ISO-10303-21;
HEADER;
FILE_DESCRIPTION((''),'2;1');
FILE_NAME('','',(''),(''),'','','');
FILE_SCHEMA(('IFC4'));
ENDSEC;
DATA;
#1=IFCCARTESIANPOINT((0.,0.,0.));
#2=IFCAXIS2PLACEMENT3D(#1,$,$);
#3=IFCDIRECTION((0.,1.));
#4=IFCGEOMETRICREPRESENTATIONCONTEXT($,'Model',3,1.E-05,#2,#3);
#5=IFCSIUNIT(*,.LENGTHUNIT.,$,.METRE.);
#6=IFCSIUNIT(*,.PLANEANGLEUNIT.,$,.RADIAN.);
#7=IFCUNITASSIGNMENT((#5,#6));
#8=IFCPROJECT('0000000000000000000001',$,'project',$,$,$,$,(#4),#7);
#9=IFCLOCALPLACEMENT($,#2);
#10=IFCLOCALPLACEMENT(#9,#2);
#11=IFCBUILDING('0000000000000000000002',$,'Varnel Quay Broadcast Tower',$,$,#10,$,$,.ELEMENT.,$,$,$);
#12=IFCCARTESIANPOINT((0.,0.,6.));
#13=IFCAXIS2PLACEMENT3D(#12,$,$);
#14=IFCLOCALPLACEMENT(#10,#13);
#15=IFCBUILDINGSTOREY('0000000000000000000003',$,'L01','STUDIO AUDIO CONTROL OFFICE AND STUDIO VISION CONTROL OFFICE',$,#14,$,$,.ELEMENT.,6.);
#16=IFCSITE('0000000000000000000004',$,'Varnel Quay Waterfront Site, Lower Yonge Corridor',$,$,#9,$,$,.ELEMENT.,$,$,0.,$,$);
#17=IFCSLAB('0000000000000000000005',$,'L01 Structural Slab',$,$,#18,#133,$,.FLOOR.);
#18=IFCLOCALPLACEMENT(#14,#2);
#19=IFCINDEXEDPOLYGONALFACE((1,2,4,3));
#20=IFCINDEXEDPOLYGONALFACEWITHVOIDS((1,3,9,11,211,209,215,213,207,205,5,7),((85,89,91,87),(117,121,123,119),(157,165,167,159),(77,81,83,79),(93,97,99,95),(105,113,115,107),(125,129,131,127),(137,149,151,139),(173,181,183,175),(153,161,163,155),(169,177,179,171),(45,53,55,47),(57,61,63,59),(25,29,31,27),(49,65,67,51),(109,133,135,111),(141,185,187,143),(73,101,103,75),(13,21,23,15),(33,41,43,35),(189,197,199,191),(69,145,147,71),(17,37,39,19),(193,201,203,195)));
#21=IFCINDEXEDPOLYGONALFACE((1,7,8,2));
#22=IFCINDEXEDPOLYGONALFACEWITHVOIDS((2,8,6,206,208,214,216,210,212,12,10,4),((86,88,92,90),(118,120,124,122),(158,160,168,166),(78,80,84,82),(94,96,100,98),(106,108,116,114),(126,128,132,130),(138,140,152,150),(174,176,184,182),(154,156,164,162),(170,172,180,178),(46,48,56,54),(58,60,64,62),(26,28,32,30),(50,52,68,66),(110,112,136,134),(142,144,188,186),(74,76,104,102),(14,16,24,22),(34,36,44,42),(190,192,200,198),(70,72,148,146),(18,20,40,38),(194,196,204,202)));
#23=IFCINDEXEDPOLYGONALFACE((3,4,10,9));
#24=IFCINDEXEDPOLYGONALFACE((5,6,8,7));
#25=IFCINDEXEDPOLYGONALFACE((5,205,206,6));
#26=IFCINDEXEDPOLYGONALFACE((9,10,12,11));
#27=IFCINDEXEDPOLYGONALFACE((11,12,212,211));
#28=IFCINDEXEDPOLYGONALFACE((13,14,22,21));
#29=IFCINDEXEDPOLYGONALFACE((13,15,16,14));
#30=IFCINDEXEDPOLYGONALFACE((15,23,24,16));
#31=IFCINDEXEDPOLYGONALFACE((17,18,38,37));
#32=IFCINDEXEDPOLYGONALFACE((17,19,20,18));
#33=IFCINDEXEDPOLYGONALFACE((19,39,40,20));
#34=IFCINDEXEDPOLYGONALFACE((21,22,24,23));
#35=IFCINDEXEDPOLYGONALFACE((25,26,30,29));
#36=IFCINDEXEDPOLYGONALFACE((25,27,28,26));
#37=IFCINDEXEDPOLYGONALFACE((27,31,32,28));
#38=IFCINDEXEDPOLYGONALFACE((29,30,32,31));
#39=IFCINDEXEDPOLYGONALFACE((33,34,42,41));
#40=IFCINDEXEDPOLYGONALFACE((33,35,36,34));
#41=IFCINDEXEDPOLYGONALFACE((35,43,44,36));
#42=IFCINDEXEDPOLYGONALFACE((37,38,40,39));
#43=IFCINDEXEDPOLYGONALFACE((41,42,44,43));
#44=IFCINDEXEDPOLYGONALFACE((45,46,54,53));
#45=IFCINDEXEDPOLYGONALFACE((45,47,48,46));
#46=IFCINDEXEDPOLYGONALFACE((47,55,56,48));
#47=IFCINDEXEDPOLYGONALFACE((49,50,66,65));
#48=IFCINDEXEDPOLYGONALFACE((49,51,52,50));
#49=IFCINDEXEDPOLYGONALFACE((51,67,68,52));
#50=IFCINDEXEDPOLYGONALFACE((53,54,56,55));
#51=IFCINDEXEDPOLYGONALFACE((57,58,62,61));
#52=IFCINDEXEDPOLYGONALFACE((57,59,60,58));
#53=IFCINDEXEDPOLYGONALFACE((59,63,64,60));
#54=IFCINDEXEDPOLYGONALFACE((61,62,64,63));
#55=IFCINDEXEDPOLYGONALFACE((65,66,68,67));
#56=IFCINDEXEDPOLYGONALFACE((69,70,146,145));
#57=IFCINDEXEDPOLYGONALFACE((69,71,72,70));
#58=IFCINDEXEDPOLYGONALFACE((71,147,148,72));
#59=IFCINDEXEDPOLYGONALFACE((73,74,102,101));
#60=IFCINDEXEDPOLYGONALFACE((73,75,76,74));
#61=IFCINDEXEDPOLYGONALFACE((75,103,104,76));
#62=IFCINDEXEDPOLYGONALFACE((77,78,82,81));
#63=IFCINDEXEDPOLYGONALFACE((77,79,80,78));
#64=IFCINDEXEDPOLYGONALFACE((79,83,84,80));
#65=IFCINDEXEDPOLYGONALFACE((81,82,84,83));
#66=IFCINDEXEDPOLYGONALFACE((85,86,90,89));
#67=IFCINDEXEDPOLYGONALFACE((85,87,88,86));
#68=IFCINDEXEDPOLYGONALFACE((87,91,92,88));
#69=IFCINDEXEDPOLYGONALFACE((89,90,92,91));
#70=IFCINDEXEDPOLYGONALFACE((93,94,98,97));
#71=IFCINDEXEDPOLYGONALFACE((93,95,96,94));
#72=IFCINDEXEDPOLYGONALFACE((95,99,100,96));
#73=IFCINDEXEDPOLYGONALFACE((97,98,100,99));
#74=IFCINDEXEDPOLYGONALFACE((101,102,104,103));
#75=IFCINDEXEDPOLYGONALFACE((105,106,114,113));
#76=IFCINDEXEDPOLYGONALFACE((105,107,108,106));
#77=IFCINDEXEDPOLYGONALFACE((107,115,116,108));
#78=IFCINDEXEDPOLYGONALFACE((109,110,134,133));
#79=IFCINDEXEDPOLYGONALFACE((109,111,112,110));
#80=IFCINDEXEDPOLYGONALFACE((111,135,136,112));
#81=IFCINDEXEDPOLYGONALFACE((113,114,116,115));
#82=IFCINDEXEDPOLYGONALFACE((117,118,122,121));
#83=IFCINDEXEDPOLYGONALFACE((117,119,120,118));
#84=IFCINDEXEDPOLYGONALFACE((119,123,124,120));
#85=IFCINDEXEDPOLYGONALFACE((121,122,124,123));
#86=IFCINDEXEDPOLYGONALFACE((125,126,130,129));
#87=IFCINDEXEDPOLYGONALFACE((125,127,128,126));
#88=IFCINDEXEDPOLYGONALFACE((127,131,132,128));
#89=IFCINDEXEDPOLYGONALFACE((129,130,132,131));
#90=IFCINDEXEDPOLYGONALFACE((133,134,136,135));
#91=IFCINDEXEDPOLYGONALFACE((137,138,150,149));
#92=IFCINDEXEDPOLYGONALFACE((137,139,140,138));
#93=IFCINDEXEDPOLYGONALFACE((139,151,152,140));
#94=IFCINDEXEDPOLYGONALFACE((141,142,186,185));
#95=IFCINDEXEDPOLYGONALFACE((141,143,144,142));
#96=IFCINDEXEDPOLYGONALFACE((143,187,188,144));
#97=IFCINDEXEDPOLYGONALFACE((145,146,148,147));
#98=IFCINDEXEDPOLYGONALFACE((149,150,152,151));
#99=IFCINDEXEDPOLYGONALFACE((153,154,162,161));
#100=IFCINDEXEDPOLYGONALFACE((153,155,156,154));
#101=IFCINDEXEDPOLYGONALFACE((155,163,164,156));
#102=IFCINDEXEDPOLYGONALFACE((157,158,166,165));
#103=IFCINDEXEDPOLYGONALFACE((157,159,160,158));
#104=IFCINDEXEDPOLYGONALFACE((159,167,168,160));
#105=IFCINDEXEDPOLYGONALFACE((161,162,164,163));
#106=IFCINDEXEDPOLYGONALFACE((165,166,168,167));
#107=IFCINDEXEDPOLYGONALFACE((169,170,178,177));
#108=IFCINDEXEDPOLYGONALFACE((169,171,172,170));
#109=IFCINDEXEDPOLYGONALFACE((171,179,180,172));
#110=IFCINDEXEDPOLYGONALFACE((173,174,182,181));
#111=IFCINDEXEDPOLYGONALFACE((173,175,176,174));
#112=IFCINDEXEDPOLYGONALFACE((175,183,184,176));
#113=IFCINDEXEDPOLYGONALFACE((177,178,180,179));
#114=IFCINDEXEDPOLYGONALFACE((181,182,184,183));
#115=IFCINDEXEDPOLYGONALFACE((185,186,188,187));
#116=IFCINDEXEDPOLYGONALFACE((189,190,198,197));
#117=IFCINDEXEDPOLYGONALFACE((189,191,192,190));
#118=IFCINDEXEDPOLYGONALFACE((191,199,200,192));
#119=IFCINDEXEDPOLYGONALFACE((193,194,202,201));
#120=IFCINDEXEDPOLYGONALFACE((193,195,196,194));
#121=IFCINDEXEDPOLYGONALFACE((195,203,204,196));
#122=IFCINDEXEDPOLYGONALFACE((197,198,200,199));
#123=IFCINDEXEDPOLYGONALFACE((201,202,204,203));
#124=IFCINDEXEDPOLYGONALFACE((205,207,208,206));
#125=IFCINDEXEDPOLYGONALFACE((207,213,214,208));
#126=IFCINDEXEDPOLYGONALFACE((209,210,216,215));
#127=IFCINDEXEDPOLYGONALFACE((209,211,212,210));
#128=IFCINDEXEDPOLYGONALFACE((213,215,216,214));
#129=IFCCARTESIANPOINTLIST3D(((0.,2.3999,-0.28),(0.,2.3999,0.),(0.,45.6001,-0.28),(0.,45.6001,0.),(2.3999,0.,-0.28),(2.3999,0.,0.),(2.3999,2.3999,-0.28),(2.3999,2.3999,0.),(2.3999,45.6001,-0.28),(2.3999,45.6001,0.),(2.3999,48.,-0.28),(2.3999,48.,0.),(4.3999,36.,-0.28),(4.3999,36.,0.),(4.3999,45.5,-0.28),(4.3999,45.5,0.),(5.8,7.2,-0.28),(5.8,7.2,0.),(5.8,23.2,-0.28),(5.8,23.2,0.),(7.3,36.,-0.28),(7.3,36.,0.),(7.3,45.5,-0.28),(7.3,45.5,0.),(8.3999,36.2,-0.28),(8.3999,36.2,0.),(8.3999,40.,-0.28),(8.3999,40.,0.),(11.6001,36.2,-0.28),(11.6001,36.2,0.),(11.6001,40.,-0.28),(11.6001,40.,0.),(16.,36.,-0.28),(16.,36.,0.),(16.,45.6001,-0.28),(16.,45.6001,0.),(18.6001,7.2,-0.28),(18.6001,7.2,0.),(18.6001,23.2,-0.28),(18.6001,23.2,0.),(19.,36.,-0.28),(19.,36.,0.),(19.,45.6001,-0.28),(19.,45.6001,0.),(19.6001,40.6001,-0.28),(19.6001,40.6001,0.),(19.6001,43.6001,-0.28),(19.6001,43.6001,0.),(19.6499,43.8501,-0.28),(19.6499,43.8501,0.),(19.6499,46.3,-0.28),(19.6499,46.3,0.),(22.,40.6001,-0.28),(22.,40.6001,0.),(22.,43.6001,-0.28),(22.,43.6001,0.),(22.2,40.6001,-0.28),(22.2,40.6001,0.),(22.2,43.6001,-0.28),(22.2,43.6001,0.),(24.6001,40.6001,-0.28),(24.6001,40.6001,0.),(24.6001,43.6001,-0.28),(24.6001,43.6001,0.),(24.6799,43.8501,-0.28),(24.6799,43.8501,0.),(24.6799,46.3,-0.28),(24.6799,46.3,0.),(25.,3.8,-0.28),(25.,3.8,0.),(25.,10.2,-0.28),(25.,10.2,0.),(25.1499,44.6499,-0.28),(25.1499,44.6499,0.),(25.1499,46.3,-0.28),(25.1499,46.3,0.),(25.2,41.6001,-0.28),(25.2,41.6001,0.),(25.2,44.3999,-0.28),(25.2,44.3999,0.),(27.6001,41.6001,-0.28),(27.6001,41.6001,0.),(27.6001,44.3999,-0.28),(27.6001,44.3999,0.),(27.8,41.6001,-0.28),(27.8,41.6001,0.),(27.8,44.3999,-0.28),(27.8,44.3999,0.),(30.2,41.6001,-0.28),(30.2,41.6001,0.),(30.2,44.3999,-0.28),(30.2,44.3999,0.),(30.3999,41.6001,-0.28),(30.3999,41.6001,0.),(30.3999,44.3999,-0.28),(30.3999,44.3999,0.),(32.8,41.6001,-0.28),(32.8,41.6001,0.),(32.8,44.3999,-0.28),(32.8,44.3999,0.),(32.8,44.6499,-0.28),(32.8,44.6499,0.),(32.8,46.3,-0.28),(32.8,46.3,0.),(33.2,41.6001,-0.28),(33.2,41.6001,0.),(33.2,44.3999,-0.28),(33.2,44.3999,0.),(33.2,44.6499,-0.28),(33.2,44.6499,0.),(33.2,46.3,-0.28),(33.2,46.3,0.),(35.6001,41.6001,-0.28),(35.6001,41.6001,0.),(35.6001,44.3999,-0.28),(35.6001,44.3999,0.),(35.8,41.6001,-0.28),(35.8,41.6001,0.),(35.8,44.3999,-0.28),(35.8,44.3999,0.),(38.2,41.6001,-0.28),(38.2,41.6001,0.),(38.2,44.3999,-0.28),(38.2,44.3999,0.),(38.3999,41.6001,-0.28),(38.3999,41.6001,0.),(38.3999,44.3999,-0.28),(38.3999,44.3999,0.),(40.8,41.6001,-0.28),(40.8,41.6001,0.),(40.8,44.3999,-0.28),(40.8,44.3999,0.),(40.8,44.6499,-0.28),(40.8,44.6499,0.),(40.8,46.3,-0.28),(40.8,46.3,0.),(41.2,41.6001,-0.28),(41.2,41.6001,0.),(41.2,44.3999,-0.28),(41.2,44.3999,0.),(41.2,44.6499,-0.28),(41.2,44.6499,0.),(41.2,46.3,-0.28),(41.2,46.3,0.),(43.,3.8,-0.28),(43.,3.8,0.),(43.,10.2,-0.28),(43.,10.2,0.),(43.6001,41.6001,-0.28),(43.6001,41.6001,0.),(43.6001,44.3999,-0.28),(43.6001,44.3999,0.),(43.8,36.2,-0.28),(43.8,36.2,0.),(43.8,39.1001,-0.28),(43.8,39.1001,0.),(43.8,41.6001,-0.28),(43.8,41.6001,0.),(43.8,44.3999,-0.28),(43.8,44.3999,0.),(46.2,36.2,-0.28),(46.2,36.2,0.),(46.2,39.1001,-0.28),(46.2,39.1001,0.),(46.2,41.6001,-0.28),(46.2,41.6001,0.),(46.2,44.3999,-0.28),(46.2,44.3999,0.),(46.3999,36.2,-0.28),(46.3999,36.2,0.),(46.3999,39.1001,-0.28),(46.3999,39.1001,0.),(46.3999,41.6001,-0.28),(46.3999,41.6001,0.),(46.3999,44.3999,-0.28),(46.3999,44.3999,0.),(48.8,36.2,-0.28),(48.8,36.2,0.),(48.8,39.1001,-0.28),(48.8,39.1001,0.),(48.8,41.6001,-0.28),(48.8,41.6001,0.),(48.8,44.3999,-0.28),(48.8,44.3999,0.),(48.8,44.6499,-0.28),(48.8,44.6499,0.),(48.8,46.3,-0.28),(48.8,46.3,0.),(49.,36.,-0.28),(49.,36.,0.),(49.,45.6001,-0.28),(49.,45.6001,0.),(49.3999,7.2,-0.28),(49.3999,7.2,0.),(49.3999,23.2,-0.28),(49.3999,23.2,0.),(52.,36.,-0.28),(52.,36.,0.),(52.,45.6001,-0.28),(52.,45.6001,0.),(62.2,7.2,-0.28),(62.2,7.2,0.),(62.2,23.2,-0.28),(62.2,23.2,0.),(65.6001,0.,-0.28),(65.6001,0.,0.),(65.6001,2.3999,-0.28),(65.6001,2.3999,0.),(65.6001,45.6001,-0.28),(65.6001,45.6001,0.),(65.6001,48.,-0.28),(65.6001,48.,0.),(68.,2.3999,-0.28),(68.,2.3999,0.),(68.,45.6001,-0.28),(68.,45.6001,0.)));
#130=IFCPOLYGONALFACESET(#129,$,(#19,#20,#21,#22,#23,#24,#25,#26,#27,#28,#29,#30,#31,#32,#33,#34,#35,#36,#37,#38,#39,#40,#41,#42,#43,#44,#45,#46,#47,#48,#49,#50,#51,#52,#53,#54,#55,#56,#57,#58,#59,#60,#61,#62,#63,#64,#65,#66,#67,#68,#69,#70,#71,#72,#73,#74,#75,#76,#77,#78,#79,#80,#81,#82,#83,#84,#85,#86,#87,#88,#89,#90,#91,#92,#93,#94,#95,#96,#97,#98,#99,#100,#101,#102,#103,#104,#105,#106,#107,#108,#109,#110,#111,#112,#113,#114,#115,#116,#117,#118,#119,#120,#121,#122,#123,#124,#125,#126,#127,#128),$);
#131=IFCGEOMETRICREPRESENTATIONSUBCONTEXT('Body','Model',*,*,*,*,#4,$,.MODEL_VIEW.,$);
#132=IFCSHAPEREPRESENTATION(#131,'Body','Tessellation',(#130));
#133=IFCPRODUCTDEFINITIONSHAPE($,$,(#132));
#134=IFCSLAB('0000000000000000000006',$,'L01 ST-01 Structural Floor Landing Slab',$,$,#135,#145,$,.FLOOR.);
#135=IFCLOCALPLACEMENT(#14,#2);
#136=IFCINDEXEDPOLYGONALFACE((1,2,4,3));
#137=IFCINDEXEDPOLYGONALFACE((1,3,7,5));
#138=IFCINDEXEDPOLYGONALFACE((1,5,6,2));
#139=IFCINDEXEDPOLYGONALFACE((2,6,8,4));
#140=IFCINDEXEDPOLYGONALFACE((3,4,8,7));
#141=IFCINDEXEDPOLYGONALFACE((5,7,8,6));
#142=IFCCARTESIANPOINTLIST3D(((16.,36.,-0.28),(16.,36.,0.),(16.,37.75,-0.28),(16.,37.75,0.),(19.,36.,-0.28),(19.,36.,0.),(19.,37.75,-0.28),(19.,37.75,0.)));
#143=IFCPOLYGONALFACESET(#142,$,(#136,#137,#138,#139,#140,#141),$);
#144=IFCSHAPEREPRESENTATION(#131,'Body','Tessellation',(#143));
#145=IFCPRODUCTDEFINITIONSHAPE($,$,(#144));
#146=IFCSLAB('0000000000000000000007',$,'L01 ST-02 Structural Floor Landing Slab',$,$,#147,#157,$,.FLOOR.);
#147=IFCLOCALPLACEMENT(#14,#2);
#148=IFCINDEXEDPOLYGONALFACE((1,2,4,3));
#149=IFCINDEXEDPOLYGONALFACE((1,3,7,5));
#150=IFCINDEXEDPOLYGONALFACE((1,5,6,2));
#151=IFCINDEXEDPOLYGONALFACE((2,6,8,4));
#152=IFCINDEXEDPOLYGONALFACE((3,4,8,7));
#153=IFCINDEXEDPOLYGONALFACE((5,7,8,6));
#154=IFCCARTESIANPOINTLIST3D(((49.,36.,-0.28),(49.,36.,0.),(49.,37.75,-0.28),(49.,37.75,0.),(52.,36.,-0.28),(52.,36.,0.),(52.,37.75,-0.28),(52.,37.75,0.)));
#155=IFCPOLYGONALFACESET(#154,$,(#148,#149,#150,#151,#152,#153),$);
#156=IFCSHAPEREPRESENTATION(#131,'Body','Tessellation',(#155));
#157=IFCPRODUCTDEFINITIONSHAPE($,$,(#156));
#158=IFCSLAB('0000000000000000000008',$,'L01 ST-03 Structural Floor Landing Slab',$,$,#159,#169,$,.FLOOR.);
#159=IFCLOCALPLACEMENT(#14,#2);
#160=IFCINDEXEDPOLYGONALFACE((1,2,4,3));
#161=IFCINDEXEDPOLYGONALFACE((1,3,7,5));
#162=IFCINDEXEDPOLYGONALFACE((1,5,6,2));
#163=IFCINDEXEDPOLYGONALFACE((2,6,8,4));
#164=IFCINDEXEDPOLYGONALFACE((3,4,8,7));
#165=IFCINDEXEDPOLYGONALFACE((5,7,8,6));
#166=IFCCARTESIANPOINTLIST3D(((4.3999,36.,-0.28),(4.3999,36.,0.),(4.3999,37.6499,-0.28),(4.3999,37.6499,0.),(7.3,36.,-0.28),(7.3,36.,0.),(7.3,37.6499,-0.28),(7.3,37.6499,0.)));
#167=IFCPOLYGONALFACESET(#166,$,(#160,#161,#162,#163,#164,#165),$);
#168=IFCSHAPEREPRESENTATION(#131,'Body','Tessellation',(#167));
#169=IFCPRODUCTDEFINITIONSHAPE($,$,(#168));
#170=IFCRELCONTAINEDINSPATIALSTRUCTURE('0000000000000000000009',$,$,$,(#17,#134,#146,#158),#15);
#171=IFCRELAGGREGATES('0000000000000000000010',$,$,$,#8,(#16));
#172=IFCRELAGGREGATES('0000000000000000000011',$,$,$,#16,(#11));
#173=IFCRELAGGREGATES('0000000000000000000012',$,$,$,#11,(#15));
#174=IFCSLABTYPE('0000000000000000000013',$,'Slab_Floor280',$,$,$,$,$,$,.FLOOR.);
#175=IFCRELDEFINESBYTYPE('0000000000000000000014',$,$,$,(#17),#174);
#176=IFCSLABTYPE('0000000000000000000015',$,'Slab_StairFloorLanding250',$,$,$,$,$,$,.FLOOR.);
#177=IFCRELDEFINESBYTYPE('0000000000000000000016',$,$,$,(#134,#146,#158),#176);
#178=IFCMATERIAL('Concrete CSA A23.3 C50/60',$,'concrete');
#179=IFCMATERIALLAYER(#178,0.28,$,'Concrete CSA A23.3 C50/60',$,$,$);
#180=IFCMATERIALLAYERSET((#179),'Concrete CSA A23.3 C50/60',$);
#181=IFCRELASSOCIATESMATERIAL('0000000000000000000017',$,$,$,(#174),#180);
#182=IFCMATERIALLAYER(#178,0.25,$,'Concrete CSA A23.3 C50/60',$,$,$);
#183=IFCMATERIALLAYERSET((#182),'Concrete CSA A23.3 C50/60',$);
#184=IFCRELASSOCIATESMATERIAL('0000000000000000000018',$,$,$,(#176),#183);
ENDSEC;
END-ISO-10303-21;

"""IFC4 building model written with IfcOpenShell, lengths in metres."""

from ifc_helpers import new_model, si_unit, direction, frame, origin, place, context, subcontext, project, spatial, polyline, outline, extrude, material, layer, layer_set, type_object, element, save


model = new_model("IFC4")

# Units and contexts
model_context = context("Model", 3, precision=1e-05, world=origin(), true_north=direction((0.0, 1.0)))
body_context = subcontext(model_context, "Body", "Model", "MODEL_VIEW")
ifc_project = project(units=[si_unit("LENGTHUNIT", "METRE"), si_unit("PLANEANGLEUNIT", "RADIAN")], contexts=[model_context])

# Site, building, storey
site_placement = place(None, origin())
site = spatial("IfcSite", under=ifc_project, at=site_placement, Name="Varnel Quay Waterfront Site, Lower Yonge Corridor", CompositionType="ELEMENT", RefElevation=0.0)
building_placement = place(site_placement, origin())
building = spatial("IfcBuilding", under=site, at=building_placement, Name="Varnel Quay Broadcast Tower", CompositionType="ELEMENT")
storey_placement = place(building_placement, frame((0.0, 0.0, 6.0)))
storey = spatial("IfcBuildingStorey", under=building, at=storey_placement, Name="L01", Description="STUDIO AUDIO CONTROL OFFICE AND STUDIO VISION CONTROL OFFICE", CompositionType="ELEMENT", Elevation=6.0)

# Slabs
ifc_material_1 = material(Name="Concrete CSA A23.3 C50/60", Category="concrete")
ifc_layer_1 = layer(ifc_material_1, 0.28, Name="Concrete CSA A23.3 C50/60")
ifc_layer_set_1 = layer_set([ifc_layer_1], Name="Concrete CSA A23.3 C50/60")
slab_type_1 = type_object("IfcSlabType", Name="Slab_Floor280", PredefinedType="FLOOR", material=ifc_layer_set_1)
slab_1_placement = place(storey_placement, frame((0.0, 0.0, -0.28)))
element("IfcSlab", 1, at=slab_1_placement, inside=storey, type_object=slab_type_1, Name="L01 Structural Slab", PredefinedType="FLOOR", context=body_context, shape_type="SweptSolid", body=[
    extrude(outline(polyline([(2.3999, 0.0), (65.6001, 0.0), (65.6001, 2.3999), (68.0, 2.3999), (68.0, 45.6001), (65.6001, 45.6001), (65.6001, 48.0), (2.3999, 48.0), (2.3999, 45.6001), (0.0, 45.6001), (0.0, 2.3999), (2.3999, 2.3999), (2.3999, 0.0)]), holes=[polyline([(25.0, 10.2), (43.0, 10.2), (43.0, 3.8), (25.0, 3.8), (25.0, 10.2)]), polyline([(18.6001, 23.2), (18.6001, 7.2), (5.8, 7.2), (5.8, 23.2), (18.6001, 23.2)]), polyline([(11.6001, 40.0), (11.6001, 36.2), (8.3999, 36.2), (8.3999, 40.0), (11.6001, 40.0)]), polyline([(4.3999, 36.0), (4.3999, 45.5), (7.3, 45.5), (7.3, 36.0), (4.3999, 36.0)]), polyline([(16.0, 45.6001), (19.0, 45.6001), (19.0, 36.0), (16.0, 36.0), (16.0, 45.6001)]), polyline([(22.0, 43.6001), (22.0, 40.6001), (19.6001, 40.6001), (19.6001, 43.6001), (22.0, 43.6001)]), polyline([(22.2, 43.6001), (24.6001, 43.6001), (24.6001, 40.6001), (22.2, 40.6001), (22.2, 43.6001)]), polyline([(27.6001, 44.3999), (27.6001, 41.6001), (25.2, 41.6001), (25.2, 44.3999), (27.6001, 44.3999)]), polyline([(30.2, 44.3999), (30.2, 41.6001), (27.8, 41.6001), (27.8, 44.3999), (30.2, 44.3999)]), polyline([(30.3999, 44.3999), (32.8, 44.3999), (32.8, 41.6001), (30.3999, 41.6001), (30.3999, 44.3999)]), polyline([(24.6799, 46.3), (24.6799, 43.8501), (19.6499, 43.8501), (19.6499, 46.3), (24.6799, 46.3)]), polyline([(32.8, 46.3), (32.8, 44.6499), (25.1499, 44.6499), (25.1499, 46.3), (32.8, 46.3)]), polyline([(49.3999, 23.2), (62.2, 23.2), (62.2, 7.2), (49.3999, 7.2), (49.3999, 23.2)]), polyline([(46.2, 39.1001), (46.2, 36.2), (43.8, 36.2), (43.8, 39.1001), (46.2, 39.1001)]), polyline([(48.8, 39.1001), (48.8, 36.2), (46.3999, 36.2), (46.3999, 39.1001), (48.8, 39.1001)]), polyline([(49.0, 36.0), (49.0, 45.6001), (52.0, 45.6001), (52.0, 36.0), (49.0, 36.0)]), polyline([(35.6001, 44.3999), (35.6001, 41.6001), (33.2, 41.6001), (33.2, 44.3999), (35.6001, 44.3999)]), polyline([(38.2, 44.3999), (38.2, 41.6001), (35.8, 41.6001), (35.8, 44.3999), (38.2, 44.3999)]), polyline([(38.3999, 44.3999), (40.8, 44.3999), (40.8, 41.6001), (38.3999, 41.6001), (38.3999, 44.3999)]), polyline([(43.6001, 44.3999), (43.6001, 41.6001), (41.2, 41.6001), (41.2, 44.3999), (43.6001, 44.3999)]), polyline([(46.2, 44.3999), (46.2, 41.6001), (43.8, 41.6001), (43.8, 44.3999), (46.2, 44.3999)]), polyline([(46.3999, 44.3999), (48.8, 44.3999), (48.8, 41.6001), (46.3999, 41.6001), (46.3999, 44.3999)]), polyline([(40.8, 46.3), (40.8, 44.6499), (33.2, 44.6499), (33.2, 46.3), (40.8, 46.3)]), polyline([(48.8, 46.3), (48.8, 44.6499), (41.2, 44.6499), (41.2, 46.3), (48.8, 46.3)])]), origin(), (0.0, 0.0, 1.0), 0.28),
])
ifc_layer_2 = layer(ifc_material_1, 0.25, Name="Concrete CSA A23.3 C50/60")
ifc_layer_set_2 = layer_set([ifc_layer_2], Name="Concrete CSA A23.3 C50/60")
slab_type_2 = type_object("IfcSlabType", Name="Slab_StairFloorLanding250", PredefinedType="FLOOR", material=ifc_layer_set_2)
slab_2_placement = place(storey_placement, frame((0.0, 0.0, -0.28)))
element("IfcSlab", 2, at=slab_2_placement, inside=storey, type_object=slab_type_2, Name="L01 ST-01 Structural Floor Landing Slab", PredefinedType="FLOOR", context=body_context, shape_type="SweptSolid", body=[
    extrude(outline(polyline([(19.0, 36.0), (19.0, 37.75), (16.0, 37.75), (16.0, 36.0), (19.0, 36.0)])), origin(), (0.0, 0.0, 1.0), 0.28),
])
slab_3_placement = place(storey_placement, frame((0.0, 0.0, -0.28)))
element("IfcSlab", 3, at=slab_3_placement, inside=storey, type_object=slab_type_2, Name="L01 ST-02 Structural Floor Landing Slab", PredefinedType="FLOOR", context=body_context, shape_type="SweptSolid", body=[
    extrude(outline(polyline([(52.0, 36.0), (52.0, 37.75), (49.0, 37.75), (49.0, 36.0), (52.0, 36.0)])), origin(), (0.0, 0.0, 1.0), 0.28),
])
slab_4_placement = place(storey_placement, frame((0.0, 0.0, -0.28)))
element("IfcSlab", 4, at=slab_4_placement, inside=storey, type_object=slab_type_2, Name="L01 ST-03 Structural Floor Landing Slab", PredefinedType="FLOOR", context=body_context, shape_type="SweptSolid", body=[
    extrude(outline(polyline([(7.3, 36.0), (7.3, 37.6499), (4.3999, 37.6499), (4.3999, 36.0), (7.3, 36.0)])), origin(), (0.0, 0.0, 1.0), 0.28),
])

save(model, "model.ifc")
